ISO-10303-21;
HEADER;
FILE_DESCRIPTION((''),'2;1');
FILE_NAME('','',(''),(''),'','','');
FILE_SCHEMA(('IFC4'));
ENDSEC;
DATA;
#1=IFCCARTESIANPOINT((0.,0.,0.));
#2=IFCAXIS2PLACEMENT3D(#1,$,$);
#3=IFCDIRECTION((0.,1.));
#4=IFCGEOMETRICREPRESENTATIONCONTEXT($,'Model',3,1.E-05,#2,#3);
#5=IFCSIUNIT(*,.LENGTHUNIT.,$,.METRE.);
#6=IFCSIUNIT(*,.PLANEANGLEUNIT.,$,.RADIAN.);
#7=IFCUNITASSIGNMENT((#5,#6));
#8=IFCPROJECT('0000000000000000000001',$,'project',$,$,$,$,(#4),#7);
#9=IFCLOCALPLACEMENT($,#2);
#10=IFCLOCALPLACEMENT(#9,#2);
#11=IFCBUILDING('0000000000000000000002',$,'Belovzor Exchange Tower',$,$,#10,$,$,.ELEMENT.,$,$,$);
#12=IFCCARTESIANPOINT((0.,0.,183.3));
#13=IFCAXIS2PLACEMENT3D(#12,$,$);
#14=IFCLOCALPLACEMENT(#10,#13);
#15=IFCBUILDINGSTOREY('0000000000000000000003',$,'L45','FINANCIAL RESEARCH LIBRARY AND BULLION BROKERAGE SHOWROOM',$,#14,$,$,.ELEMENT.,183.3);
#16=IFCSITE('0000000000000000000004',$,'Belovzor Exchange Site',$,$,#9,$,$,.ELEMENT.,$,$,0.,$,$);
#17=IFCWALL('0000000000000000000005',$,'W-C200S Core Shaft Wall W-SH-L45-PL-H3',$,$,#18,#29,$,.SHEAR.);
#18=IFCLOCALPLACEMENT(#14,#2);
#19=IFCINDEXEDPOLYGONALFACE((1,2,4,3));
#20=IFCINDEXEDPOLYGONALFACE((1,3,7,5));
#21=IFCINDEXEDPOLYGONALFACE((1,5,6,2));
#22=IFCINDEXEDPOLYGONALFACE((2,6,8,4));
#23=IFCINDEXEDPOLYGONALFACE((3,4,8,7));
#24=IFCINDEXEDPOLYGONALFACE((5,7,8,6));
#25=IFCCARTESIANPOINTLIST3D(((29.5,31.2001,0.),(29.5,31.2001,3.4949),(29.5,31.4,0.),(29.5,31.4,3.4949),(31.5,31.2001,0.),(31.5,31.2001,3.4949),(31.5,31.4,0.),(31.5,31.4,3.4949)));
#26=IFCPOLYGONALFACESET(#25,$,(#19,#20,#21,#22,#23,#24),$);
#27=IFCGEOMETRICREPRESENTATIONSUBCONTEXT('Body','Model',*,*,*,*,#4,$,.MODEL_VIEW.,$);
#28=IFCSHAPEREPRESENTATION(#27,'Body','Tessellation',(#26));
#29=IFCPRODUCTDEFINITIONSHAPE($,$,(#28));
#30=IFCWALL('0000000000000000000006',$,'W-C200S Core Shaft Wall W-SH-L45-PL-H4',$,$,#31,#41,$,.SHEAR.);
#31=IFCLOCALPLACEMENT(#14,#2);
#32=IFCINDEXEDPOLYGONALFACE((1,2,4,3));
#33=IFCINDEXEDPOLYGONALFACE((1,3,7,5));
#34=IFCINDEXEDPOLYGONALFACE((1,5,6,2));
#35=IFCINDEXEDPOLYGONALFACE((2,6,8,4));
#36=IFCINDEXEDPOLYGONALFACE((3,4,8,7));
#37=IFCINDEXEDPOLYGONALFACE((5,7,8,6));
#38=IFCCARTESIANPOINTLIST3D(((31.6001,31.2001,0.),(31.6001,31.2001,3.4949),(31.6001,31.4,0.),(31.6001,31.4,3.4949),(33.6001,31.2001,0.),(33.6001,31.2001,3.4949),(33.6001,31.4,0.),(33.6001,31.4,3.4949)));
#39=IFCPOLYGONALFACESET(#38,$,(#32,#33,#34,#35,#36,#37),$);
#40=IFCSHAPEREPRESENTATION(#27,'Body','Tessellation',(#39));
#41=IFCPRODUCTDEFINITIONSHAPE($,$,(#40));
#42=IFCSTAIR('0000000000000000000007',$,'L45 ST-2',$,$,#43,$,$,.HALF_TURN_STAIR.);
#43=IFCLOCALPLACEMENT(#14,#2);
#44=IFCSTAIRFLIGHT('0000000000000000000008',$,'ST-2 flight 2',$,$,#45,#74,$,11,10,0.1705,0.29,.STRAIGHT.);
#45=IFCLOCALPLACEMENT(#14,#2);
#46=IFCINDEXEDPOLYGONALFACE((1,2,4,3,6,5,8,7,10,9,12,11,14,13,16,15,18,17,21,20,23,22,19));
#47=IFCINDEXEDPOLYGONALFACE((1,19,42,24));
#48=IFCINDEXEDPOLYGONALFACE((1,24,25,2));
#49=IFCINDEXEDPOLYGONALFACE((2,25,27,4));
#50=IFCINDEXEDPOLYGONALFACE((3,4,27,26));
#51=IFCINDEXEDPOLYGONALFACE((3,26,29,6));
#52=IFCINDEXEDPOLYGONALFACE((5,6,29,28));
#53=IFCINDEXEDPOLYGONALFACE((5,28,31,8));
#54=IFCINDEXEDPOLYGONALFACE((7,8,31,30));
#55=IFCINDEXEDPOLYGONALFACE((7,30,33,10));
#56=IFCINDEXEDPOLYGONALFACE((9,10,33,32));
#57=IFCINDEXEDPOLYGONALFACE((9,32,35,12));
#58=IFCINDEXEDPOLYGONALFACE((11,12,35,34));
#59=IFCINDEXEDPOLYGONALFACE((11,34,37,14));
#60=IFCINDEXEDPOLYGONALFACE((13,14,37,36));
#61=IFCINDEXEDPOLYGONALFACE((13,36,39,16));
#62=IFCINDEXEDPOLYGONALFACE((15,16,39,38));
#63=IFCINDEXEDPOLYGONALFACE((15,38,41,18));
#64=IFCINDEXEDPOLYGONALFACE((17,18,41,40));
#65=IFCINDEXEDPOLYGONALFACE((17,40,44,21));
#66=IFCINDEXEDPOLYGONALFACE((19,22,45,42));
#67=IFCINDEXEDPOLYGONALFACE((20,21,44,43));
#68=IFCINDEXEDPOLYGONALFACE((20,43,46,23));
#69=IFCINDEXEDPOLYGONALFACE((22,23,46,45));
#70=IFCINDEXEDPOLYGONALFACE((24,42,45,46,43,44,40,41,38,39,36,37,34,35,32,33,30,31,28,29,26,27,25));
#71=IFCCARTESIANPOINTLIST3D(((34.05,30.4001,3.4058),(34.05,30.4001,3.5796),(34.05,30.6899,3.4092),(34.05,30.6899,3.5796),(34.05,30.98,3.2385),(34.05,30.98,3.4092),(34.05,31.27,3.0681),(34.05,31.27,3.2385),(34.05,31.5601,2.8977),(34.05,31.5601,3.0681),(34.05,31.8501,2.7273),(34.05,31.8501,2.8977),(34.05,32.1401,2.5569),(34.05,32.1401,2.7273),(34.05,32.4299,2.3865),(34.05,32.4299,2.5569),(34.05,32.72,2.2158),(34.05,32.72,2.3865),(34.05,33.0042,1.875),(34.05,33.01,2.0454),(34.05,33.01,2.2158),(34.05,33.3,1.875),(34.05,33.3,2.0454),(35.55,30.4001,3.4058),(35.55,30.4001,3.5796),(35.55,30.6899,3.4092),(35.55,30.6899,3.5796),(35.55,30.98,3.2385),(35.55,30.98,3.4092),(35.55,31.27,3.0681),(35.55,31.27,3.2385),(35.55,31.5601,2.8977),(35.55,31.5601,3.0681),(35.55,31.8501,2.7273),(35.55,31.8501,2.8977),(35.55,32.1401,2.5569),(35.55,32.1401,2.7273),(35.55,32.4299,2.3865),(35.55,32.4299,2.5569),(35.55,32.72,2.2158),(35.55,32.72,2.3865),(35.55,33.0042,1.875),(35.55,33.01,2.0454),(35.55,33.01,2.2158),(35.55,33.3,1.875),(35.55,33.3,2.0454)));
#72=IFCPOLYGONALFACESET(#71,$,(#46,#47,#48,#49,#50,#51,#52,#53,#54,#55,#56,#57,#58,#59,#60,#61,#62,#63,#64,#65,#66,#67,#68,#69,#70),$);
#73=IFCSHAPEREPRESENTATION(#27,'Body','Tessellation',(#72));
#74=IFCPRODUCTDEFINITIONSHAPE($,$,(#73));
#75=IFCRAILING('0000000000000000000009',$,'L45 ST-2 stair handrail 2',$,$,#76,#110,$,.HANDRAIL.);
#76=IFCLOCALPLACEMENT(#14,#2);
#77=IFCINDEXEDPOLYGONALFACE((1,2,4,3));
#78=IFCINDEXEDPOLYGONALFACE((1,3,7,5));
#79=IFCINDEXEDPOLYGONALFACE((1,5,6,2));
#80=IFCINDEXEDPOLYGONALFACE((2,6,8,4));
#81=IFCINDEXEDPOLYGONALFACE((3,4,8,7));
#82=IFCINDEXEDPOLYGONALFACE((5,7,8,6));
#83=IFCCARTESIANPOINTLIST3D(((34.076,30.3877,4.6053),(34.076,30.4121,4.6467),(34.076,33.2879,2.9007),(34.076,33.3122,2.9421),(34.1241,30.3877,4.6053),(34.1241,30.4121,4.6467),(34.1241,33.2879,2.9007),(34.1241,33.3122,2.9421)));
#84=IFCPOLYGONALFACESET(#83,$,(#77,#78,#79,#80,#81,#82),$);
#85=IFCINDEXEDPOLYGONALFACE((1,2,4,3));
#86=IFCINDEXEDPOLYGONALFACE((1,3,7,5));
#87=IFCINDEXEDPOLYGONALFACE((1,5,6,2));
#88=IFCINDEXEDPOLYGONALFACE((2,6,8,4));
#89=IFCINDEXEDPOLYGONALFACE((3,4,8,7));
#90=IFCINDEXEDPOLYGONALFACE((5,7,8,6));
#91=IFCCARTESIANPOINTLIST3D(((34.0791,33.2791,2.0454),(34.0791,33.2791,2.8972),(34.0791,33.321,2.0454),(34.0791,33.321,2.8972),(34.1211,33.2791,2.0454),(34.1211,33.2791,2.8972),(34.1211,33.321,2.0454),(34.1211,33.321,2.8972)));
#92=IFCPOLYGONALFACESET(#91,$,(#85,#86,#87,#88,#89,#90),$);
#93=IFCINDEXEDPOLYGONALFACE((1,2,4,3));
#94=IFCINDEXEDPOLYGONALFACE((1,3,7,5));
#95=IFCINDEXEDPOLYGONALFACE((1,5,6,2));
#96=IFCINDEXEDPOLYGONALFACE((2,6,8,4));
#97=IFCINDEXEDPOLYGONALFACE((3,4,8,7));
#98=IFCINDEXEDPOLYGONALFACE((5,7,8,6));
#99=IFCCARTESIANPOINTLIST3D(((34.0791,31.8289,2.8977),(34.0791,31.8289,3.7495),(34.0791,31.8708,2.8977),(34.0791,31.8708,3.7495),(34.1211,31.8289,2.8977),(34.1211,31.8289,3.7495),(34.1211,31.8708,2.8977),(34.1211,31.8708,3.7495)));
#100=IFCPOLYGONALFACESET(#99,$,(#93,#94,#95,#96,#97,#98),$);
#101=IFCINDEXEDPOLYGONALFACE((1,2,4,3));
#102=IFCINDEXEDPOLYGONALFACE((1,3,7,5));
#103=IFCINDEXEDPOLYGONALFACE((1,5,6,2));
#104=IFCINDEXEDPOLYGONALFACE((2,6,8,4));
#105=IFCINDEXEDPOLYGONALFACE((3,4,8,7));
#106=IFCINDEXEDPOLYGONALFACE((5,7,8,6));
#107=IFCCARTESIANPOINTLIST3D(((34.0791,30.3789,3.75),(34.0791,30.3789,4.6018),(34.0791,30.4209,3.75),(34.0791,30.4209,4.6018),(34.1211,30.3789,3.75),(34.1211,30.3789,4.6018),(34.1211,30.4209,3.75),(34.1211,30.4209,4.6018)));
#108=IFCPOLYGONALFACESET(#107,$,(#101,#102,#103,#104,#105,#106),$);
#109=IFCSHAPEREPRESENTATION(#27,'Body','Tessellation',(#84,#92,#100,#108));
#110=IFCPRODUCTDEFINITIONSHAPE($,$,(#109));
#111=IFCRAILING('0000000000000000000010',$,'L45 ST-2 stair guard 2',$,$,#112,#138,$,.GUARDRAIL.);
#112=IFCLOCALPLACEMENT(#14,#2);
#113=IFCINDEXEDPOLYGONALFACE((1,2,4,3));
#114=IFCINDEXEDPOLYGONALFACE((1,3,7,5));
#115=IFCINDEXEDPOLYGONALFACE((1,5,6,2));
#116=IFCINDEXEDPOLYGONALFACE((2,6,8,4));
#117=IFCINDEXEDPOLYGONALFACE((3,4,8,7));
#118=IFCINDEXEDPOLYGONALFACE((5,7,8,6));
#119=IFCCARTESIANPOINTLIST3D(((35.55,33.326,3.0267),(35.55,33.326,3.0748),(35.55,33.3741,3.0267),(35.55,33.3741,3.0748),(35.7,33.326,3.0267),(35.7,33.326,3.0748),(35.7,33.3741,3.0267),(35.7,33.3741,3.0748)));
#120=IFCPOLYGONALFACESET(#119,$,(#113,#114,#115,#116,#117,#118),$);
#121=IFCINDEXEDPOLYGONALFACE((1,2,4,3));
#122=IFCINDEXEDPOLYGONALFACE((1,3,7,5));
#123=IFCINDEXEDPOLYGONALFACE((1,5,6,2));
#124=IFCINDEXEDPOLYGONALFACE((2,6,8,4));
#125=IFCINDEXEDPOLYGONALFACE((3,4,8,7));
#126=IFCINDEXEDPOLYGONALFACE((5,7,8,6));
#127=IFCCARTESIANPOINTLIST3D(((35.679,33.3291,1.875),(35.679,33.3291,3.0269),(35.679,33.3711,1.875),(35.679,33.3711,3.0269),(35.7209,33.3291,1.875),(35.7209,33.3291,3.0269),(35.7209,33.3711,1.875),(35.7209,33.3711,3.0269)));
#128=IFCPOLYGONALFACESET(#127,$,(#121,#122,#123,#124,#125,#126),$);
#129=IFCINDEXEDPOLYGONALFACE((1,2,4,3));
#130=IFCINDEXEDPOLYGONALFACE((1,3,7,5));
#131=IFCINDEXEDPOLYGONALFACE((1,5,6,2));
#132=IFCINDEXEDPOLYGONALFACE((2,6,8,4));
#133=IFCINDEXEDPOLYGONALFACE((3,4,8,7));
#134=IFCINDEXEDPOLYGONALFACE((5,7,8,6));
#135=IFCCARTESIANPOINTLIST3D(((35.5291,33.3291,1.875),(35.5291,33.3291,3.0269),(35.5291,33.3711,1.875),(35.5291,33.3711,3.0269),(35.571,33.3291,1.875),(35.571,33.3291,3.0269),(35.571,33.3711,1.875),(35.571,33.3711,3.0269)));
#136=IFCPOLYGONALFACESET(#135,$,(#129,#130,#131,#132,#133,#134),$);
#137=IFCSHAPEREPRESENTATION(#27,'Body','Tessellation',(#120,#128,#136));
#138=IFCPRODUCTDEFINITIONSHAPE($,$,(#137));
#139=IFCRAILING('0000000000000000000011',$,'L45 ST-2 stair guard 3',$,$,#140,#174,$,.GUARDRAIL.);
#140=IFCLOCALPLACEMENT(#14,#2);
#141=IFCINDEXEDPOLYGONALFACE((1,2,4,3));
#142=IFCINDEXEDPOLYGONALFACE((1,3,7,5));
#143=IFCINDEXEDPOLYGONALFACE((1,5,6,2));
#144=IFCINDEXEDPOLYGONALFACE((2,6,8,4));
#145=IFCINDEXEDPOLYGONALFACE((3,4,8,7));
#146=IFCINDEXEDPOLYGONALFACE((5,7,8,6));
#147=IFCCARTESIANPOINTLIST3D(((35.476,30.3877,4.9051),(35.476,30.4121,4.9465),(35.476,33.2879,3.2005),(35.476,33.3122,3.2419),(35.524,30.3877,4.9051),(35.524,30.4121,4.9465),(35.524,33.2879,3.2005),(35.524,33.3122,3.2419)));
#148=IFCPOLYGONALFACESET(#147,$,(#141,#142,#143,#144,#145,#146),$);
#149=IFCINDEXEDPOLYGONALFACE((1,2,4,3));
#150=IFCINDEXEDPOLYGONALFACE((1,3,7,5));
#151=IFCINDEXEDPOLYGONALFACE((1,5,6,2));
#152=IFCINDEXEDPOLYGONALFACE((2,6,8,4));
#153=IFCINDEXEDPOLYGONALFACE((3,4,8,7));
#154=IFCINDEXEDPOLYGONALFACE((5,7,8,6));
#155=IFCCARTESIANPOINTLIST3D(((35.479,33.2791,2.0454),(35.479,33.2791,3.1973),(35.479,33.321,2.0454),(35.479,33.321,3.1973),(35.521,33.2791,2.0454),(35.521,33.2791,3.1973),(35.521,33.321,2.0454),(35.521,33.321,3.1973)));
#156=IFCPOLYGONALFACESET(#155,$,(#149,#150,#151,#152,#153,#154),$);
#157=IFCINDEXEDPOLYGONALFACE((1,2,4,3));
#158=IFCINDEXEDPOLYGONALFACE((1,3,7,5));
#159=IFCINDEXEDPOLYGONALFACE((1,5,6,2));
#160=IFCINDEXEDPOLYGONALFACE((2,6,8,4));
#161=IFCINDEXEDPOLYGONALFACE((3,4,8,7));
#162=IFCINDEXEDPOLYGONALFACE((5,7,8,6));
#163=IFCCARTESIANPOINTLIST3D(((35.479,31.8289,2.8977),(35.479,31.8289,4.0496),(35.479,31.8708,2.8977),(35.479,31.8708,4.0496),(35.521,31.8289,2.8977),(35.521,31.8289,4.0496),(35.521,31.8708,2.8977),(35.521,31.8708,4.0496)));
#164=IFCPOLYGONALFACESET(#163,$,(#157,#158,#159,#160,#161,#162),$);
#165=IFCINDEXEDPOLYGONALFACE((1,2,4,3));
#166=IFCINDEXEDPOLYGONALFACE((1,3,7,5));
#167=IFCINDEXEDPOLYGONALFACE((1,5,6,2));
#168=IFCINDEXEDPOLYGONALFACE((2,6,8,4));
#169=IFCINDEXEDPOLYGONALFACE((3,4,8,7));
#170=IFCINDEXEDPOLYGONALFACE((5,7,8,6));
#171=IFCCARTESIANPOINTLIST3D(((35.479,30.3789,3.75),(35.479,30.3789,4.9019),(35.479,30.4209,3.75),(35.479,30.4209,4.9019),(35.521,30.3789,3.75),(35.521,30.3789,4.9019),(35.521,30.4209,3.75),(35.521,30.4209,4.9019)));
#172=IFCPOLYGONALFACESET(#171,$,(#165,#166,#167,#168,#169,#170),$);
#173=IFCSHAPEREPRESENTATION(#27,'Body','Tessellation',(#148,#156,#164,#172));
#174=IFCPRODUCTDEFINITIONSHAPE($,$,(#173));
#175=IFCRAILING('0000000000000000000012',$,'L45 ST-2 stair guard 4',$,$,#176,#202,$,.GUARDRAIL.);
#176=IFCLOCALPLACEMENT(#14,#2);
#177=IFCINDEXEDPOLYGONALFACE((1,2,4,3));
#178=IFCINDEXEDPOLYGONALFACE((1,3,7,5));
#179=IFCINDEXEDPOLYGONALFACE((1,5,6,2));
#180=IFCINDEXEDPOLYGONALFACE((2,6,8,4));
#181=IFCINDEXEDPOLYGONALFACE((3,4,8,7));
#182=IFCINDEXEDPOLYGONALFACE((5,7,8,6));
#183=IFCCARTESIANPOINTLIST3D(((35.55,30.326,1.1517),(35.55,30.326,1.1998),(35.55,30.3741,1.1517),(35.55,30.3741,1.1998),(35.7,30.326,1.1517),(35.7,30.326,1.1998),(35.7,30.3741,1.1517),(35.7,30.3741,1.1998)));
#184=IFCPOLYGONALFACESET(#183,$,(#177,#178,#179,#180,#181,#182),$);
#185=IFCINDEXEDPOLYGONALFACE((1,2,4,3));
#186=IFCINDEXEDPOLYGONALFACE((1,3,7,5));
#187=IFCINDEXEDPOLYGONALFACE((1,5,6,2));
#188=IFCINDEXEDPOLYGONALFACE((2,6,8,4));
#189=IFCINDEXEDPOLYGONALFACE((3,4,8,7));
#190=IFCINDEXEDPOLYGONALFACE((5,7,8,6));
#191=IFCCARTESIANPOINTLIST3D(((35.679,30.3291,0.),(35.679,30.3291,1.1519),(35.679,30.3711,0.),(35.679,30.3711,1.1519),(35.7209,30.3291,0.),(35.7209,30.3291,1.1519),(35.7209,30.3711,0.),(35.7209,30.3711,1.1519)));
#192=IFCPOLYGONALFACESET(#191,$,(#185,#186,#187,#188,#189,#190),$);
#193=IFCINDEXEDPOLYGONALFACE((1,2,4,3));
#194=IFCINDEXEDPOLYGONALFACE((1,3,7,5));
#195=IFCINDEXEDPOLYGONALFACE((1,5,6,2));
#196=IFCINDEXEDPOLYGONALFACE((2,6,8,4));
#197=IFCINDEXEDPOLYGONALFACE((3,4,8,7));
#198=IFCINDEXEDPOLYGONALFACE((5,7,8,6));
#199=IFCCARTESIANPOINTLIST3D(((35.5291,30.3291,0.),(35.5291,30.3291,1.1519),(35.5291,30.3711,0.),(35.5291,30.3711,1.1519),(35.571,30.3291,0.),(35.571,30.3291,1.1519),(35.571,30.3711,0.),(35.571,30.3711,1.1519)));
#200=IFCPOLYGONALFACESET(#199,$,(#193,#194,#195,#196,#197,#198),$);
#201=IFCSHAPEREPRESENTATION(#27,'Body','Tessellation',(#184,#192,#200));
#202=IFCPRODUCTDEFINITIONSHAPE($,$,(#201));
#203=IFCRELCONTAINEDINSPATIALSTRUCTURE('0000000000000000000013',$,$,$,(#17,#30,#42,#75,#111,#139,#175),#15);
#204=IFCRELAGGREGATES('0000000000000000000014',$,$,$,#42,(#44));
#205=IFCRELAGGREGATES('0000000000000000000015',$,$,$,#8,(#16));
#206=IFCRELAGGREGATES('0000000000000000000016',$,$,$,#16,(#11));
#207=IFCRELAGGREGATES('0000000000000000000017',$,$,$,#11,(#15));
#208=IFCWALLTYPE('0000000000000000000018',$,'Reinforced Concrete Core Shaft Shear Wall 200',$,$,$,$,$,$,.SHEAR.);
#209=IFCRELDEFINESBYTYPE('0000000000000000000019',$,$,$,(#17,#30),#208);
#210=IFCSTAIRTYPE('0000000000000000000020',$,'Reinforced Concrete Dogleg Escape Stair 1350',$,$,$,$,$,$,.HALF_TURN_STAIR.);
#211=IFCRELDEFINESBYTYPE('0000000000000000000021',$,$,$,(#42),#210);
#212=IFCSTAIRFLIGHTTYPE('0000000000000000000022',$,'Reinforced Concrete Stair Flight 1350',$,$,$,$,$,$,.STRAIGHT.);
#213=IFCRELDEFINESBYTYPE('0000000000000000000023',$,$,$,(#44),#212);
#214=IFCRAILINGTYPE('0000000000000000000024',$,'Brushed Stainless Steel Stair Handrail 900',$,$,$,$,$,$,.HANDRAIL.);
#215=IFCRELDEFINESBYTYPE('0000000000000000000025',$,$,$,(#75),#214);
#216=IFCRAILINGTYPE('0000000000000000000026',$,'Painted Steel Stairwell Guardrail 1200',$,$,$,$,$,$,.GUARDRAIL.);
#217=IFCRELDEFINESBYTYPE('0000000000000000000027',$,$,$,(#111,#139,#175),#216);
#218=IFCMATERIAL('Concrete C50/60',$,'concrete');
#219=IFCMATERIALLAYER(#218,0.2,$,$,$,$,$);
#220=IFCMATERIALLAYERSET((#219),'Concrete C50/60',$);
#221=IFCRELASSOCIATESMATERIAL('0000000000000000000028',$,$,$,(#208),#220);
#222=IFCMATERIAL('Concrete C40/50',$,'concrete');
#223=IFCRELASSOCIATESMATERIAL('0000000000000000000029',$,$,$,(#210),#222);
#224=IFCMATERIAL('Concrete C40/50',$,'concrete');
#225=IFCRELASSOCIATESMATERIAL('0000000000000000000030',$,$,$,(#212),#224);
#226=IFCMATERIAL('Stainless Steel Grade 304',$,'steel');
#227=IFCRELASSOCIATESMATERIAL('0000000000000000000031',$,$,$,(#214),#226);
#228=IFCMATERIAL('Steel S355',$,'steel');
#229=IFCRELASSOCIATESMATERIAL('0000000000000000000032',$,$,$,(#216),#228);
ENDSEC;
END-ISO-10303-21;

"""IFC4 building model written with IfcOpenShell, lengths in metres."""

from ifc_helpers import new_model, si_unit, direction, frame, frame_2d, origin, origin_2d, place, context, subcontext, project, spatial, polyline, rectangle, outline, extrude, material, layer, layer_set, type_object, element, aggregate, save


model = new_model("IFC4")

# Units and contexts
model_context = context("Model", 3, precision=1e-05, world=origin(), true_north=direction((0.0, 1.0)))
body_context = subcontext(model_context, "Body", "Model", "MODEL_VIEW")
ifc_project = project(units=[si_unit("LENGTHUNIT", "METRE"), si_unit("PLANEANGLEUNIT", "RADIAN")], contexts=[model_context])

# Site, building, storey
site_placement = place(None, origin())
site = spatial("IfcSite", under=ifc_project, at=site_placement, Name="Belovzor Exchange Site", CompositionType="ELEMENT", RefElevation=0.0)
building_placement = place(site_placement, origin())
building = spatial("IfcBuilding", under=site, at=building_placement, Name="Belovzor Exchange Tower", CompositionType="ELEMENT")
storey_placement = place(building_placement, frame((0.0, 0.0, 183.3)))
storey = spatial("IfcBuildingStorey", under=building, at=storey_placement, Name="L45", Description="FINANCIAL RESEARCH LIBRARY AND BULLION BROKERAGE SHOWROOM", CompositionType="ELEMENT", Elevation=183.3)

# Walls
ifc_material_1 = material(Name="Concrete C50/60", Category="concrete")
ifc_layer_1 = layer(ifc_material_1, 0.2)
ifc_layer_set_1 = layer_set([ifc_layer_1], Name="Concrete C50/60")
wall_type_1 = type_object("IfcWallType", Name="Reinforced Concrete Core Shaft Shear Wall 200", PredefinedType="SHEAR", material=ifc_layer_set_1)
for number, where, z_axis, x_axis, name in (
    (1, (29.5, 31.3, 0.0), (0.0, 0.0, 1.0), (1.0, 0.0, 0.0), "W-C200S Core Shaft Wall W-SH-L45-PL-H3"),
    (2, (31.6001, 31.3, 0.0), (0.0, 0.0, 1.0), (1.0, 0.0, 0.0), "W-C200S Core Shaft Wall W-SH-L45-PL-H4"),
):
    element("IfcWall", number, at=place(storey_placement, frame(where, z_axis=z_axis, x_axis=x_axis)), inside=storey, type_object=wall_type_1, Name=name, PredefinedType="SHEAR", context=body_context, shape_type="SweptSolid", body=[
        extrude(rectangle(XDim=2.0, YDim=0.2, at=frame_2d((1.0, 0.0))), origin(), (0.0, 0.0, 1.0), 3.4949),
    ])

# Stair, stair flight
ifc_material_2 = material(Name="Concrete C40/50", Category="concrete")
stair_type = type_object("IfcStairType", Name="Reinforced Concrete Dogleg Escape Stair 1350", PredefinedType="HALF_TURN_STAIR", material=ifc_material_2)
stair_placement = place(storey_placement, origin())
stair = element("IfcStair", 3, at=stair_placement, inside=storey, type_object=stair_type, Name="L45 ST-2", PredefinedType="HALF_TURN_STAIR")
ifc_material_3 = material(Name="Concrete C40/50", Category="concrete")
stair_flight_type = type_object("IfcStairFlightType", Name="Reinforced Concrete Stair Flight 1350", PredefinedType="STRAIGHT", material=ifc_material_3)
stair_flight_placement = place(storey_placement, frame((34.8, 33.3, 1.875), z_axis=(0.0, 0.0, 1.0), x_axis=(0.0, -1.0, 0.0)))
stair_flight = element("IfcStairFlight", 4, at=stair_flight_placement, type_object=stair_flight_type, Name="ST-2 flight 2", NumberOfRisers=11, NumberOfTreads=10, PredefinedType="STRAIGHT", RiserHeight=0.1705, TreadLength=0.29, context=body_context, shape_type="SweptSolid", body=[
    extrude(outline(polyline([(0.0, 0.0), (0.0, 0.1704), (0.29, 0.1704), (0.29, 0.3408), (0.5801, 0.3408), (0.5801, 0.5115), (0.8701, 0.5115), (0.8701, 0.6819), (1.1599, 0.6819), (1.1599, 0.8523), (1.45, 0.8523), (1.45, 1.0227), (1.74, 1.0227), (1.74, 1.1931), (2.03, 1.1931), (2.03, 1.3635), (2.3201, 1.3635), (2.3201, 1.5342), (2.6101, 1.5342), (2.6101, 1.7046), (2.8999, 1.7046), (2.8999, 1.875), (2.8999, 1.5308), (0.2959, 0.0), (0.0, 0.0)])), frame((0.0, 0.75, 0.0), z_axis=(0.0, -1.0, 0.0), x_axis=(1.0, 0.0, 0.0)), (0.0, 0.0, 1.0), 1.5),
])
aggregate(stair, [stair_flight])

# Railings
ifc_material_4 = material(Name="Stainless Steel Grade 304", Category="steel")
railing_type_1 = type_object("IfcRailingType", Name="Brushed Stainless Steel Stair Handrail 900", PredefinedType="HANDRAIL", material=ifc_material_4)
railing_1_placement = place(storey_placement, frame((34.1001, 33.3, 2.0454)))
element("IfcRailing", 5, at=railing_1_placement, inside=storey, type_object=railing_type_1, Name="L45 ST-2 stair handrail 2", PredefinedType="HANDRAIL", context=body_context, shape_type="SweptSolid", body=[
    extrude(rectangle(XDim=0.0481, YDim=0.0481, at=origin_2d()), frame((0.0, 0.0, 0.876), z_axis=(0.0, -0.862113, 0.506716), x_axis=(1.0, 0.0, 0.0)), (0.0, 0.0, 1.0), 3.364),
    extrude(rectangle(XDim=0.042, YDim=0.042, at=origin_2d()), origin(), (0.0, 0.0, 1.0), 0.8518),
    extrude(rectangle(XDim=0.042, YDim=0.042, at=origin_2d()), frame((0.0, -1.4502, 0.8523)), (0.0, 0.0, 1.0), 0.8518),
    extrude(rectangle(XDim=0.042, YDim=0.042, at=origin_2d()), frame((0.0, -2.9001, 1.7046)), (0.0, 0.0, 1.0), 0.8518),
])
ifc_material_5 = material(Name="Steel S355", Category="steel")
railing_type_2 = type_object("IfcRailingType", Name="Painted Steel Stairwell Guardrail 1200", PredefinedType="GUARDRAIL", material=ifc_material_5)
railing_2_placement = place(storey_placement, frame((35.7, 33.3501, 1.875)))
element("IfcRailing", 6, at=railing_2_placement, inside=storey, type_object=railing_type_2, Name="L45 ST-2 stair guard 2", PredefinedType="GUARDRAIL", context=body_context, shape_type="SweptSolid", body=[
    extrude(rectangle(XDim=0.0481, YDim=0.0481, at=origin_2d()), frame((0.0, 0.0, 1.1758), z_axis=(-1.0, 0.0, 0.0), x_axis=(0.0, -1.0, 0.0)), (0.0, 0.0, 1.0), 0.1499),
    extrude(rectangle(XDim=0.042, YDim=0.042, at=origin_2d()), origin(), (0.0, 0.0, 1.0), 1.1519),
    extrude(rectangle(XDim=0.042, YDim=0.042, at=origin_2d()), frame((-0.1499, 0.0, 0.0)), (0.0, 0.0, 1.0), 1.1519),
])
railing_3_placement = place(storey_placement, frame((35.5, 33.3, 2.0454)))
element("IfcRailing", 7, at=railing_3_placement, inside=storey, type_object=railing_type_2, Name="L45 ST-2 stair guard 3", PredefinedType="GUARDRAIL", context=body_context, shape_type="SweptSolid", body=[
    extrude(rectangle(XDim=0.0481, YDim=0.0481, at=origin_2d()), frame((0.0, 0.0, 1.1758), z_axis=(0.0, -0.862113, 0.506716), x_axis=(1.0, 0.0, 0.0)), (0.0, 0.0, 1.0), 3.364),
    extrude(rectangle(XDim=0.042, YDim=0.042, at=origin_2d()), origin(), (0.0, 0.0, 1.0), 1.1519),
    extrude(rectangle(XDim=0.042, YDim=0.042, at=origin_2d()), frame((0.0, -1.4502, 0.8523)), (0.0, 0.0, 1.0), 1.1519),
    extrude(rectangle(XDim=0.042, YDim=0.042, at=origin_2d()), frame((0.0, -2.9001, 1.7046)), (0.0, 0.0, 1.0), 1.1519),
])
railing_4_placement = place(storey_placement, frame((35.7, 30.3501, 0.0)))
element("IfcRailing", 8, at=railing_4_placement, inside=storey, type_object=railing_type_2, Name="L45 ST-2 stair guard 4", PredefinedType="GUARDRAIL", context=body_context, shape_type="SweptSolid", body=[
    extrude(rectangle(XDim=0.0481, YDim=0.0481, at=origin_2d()), frame((0.0, 0.0, 1.1758), z_axis=(-1.0, 0.0, 0.0), x_axis=(0.0, -1.0, 0.0)), (0.0, 0.0, 1.0), 0.1499),
    extrude(rectangle(XDim=0.042, YDim=0.042, at=origin_2d()), origin(), (0.0, 0.0, 1.0), 1.1519),
    extrude(rectangle(XDim=0.042, YDim=0.042, at=origin_2d()), frame((-0.1499, 0.0, 0.0)), (0.0, 0.0, 1.0), 1.1519),
])

save(model, "model.ifc")
